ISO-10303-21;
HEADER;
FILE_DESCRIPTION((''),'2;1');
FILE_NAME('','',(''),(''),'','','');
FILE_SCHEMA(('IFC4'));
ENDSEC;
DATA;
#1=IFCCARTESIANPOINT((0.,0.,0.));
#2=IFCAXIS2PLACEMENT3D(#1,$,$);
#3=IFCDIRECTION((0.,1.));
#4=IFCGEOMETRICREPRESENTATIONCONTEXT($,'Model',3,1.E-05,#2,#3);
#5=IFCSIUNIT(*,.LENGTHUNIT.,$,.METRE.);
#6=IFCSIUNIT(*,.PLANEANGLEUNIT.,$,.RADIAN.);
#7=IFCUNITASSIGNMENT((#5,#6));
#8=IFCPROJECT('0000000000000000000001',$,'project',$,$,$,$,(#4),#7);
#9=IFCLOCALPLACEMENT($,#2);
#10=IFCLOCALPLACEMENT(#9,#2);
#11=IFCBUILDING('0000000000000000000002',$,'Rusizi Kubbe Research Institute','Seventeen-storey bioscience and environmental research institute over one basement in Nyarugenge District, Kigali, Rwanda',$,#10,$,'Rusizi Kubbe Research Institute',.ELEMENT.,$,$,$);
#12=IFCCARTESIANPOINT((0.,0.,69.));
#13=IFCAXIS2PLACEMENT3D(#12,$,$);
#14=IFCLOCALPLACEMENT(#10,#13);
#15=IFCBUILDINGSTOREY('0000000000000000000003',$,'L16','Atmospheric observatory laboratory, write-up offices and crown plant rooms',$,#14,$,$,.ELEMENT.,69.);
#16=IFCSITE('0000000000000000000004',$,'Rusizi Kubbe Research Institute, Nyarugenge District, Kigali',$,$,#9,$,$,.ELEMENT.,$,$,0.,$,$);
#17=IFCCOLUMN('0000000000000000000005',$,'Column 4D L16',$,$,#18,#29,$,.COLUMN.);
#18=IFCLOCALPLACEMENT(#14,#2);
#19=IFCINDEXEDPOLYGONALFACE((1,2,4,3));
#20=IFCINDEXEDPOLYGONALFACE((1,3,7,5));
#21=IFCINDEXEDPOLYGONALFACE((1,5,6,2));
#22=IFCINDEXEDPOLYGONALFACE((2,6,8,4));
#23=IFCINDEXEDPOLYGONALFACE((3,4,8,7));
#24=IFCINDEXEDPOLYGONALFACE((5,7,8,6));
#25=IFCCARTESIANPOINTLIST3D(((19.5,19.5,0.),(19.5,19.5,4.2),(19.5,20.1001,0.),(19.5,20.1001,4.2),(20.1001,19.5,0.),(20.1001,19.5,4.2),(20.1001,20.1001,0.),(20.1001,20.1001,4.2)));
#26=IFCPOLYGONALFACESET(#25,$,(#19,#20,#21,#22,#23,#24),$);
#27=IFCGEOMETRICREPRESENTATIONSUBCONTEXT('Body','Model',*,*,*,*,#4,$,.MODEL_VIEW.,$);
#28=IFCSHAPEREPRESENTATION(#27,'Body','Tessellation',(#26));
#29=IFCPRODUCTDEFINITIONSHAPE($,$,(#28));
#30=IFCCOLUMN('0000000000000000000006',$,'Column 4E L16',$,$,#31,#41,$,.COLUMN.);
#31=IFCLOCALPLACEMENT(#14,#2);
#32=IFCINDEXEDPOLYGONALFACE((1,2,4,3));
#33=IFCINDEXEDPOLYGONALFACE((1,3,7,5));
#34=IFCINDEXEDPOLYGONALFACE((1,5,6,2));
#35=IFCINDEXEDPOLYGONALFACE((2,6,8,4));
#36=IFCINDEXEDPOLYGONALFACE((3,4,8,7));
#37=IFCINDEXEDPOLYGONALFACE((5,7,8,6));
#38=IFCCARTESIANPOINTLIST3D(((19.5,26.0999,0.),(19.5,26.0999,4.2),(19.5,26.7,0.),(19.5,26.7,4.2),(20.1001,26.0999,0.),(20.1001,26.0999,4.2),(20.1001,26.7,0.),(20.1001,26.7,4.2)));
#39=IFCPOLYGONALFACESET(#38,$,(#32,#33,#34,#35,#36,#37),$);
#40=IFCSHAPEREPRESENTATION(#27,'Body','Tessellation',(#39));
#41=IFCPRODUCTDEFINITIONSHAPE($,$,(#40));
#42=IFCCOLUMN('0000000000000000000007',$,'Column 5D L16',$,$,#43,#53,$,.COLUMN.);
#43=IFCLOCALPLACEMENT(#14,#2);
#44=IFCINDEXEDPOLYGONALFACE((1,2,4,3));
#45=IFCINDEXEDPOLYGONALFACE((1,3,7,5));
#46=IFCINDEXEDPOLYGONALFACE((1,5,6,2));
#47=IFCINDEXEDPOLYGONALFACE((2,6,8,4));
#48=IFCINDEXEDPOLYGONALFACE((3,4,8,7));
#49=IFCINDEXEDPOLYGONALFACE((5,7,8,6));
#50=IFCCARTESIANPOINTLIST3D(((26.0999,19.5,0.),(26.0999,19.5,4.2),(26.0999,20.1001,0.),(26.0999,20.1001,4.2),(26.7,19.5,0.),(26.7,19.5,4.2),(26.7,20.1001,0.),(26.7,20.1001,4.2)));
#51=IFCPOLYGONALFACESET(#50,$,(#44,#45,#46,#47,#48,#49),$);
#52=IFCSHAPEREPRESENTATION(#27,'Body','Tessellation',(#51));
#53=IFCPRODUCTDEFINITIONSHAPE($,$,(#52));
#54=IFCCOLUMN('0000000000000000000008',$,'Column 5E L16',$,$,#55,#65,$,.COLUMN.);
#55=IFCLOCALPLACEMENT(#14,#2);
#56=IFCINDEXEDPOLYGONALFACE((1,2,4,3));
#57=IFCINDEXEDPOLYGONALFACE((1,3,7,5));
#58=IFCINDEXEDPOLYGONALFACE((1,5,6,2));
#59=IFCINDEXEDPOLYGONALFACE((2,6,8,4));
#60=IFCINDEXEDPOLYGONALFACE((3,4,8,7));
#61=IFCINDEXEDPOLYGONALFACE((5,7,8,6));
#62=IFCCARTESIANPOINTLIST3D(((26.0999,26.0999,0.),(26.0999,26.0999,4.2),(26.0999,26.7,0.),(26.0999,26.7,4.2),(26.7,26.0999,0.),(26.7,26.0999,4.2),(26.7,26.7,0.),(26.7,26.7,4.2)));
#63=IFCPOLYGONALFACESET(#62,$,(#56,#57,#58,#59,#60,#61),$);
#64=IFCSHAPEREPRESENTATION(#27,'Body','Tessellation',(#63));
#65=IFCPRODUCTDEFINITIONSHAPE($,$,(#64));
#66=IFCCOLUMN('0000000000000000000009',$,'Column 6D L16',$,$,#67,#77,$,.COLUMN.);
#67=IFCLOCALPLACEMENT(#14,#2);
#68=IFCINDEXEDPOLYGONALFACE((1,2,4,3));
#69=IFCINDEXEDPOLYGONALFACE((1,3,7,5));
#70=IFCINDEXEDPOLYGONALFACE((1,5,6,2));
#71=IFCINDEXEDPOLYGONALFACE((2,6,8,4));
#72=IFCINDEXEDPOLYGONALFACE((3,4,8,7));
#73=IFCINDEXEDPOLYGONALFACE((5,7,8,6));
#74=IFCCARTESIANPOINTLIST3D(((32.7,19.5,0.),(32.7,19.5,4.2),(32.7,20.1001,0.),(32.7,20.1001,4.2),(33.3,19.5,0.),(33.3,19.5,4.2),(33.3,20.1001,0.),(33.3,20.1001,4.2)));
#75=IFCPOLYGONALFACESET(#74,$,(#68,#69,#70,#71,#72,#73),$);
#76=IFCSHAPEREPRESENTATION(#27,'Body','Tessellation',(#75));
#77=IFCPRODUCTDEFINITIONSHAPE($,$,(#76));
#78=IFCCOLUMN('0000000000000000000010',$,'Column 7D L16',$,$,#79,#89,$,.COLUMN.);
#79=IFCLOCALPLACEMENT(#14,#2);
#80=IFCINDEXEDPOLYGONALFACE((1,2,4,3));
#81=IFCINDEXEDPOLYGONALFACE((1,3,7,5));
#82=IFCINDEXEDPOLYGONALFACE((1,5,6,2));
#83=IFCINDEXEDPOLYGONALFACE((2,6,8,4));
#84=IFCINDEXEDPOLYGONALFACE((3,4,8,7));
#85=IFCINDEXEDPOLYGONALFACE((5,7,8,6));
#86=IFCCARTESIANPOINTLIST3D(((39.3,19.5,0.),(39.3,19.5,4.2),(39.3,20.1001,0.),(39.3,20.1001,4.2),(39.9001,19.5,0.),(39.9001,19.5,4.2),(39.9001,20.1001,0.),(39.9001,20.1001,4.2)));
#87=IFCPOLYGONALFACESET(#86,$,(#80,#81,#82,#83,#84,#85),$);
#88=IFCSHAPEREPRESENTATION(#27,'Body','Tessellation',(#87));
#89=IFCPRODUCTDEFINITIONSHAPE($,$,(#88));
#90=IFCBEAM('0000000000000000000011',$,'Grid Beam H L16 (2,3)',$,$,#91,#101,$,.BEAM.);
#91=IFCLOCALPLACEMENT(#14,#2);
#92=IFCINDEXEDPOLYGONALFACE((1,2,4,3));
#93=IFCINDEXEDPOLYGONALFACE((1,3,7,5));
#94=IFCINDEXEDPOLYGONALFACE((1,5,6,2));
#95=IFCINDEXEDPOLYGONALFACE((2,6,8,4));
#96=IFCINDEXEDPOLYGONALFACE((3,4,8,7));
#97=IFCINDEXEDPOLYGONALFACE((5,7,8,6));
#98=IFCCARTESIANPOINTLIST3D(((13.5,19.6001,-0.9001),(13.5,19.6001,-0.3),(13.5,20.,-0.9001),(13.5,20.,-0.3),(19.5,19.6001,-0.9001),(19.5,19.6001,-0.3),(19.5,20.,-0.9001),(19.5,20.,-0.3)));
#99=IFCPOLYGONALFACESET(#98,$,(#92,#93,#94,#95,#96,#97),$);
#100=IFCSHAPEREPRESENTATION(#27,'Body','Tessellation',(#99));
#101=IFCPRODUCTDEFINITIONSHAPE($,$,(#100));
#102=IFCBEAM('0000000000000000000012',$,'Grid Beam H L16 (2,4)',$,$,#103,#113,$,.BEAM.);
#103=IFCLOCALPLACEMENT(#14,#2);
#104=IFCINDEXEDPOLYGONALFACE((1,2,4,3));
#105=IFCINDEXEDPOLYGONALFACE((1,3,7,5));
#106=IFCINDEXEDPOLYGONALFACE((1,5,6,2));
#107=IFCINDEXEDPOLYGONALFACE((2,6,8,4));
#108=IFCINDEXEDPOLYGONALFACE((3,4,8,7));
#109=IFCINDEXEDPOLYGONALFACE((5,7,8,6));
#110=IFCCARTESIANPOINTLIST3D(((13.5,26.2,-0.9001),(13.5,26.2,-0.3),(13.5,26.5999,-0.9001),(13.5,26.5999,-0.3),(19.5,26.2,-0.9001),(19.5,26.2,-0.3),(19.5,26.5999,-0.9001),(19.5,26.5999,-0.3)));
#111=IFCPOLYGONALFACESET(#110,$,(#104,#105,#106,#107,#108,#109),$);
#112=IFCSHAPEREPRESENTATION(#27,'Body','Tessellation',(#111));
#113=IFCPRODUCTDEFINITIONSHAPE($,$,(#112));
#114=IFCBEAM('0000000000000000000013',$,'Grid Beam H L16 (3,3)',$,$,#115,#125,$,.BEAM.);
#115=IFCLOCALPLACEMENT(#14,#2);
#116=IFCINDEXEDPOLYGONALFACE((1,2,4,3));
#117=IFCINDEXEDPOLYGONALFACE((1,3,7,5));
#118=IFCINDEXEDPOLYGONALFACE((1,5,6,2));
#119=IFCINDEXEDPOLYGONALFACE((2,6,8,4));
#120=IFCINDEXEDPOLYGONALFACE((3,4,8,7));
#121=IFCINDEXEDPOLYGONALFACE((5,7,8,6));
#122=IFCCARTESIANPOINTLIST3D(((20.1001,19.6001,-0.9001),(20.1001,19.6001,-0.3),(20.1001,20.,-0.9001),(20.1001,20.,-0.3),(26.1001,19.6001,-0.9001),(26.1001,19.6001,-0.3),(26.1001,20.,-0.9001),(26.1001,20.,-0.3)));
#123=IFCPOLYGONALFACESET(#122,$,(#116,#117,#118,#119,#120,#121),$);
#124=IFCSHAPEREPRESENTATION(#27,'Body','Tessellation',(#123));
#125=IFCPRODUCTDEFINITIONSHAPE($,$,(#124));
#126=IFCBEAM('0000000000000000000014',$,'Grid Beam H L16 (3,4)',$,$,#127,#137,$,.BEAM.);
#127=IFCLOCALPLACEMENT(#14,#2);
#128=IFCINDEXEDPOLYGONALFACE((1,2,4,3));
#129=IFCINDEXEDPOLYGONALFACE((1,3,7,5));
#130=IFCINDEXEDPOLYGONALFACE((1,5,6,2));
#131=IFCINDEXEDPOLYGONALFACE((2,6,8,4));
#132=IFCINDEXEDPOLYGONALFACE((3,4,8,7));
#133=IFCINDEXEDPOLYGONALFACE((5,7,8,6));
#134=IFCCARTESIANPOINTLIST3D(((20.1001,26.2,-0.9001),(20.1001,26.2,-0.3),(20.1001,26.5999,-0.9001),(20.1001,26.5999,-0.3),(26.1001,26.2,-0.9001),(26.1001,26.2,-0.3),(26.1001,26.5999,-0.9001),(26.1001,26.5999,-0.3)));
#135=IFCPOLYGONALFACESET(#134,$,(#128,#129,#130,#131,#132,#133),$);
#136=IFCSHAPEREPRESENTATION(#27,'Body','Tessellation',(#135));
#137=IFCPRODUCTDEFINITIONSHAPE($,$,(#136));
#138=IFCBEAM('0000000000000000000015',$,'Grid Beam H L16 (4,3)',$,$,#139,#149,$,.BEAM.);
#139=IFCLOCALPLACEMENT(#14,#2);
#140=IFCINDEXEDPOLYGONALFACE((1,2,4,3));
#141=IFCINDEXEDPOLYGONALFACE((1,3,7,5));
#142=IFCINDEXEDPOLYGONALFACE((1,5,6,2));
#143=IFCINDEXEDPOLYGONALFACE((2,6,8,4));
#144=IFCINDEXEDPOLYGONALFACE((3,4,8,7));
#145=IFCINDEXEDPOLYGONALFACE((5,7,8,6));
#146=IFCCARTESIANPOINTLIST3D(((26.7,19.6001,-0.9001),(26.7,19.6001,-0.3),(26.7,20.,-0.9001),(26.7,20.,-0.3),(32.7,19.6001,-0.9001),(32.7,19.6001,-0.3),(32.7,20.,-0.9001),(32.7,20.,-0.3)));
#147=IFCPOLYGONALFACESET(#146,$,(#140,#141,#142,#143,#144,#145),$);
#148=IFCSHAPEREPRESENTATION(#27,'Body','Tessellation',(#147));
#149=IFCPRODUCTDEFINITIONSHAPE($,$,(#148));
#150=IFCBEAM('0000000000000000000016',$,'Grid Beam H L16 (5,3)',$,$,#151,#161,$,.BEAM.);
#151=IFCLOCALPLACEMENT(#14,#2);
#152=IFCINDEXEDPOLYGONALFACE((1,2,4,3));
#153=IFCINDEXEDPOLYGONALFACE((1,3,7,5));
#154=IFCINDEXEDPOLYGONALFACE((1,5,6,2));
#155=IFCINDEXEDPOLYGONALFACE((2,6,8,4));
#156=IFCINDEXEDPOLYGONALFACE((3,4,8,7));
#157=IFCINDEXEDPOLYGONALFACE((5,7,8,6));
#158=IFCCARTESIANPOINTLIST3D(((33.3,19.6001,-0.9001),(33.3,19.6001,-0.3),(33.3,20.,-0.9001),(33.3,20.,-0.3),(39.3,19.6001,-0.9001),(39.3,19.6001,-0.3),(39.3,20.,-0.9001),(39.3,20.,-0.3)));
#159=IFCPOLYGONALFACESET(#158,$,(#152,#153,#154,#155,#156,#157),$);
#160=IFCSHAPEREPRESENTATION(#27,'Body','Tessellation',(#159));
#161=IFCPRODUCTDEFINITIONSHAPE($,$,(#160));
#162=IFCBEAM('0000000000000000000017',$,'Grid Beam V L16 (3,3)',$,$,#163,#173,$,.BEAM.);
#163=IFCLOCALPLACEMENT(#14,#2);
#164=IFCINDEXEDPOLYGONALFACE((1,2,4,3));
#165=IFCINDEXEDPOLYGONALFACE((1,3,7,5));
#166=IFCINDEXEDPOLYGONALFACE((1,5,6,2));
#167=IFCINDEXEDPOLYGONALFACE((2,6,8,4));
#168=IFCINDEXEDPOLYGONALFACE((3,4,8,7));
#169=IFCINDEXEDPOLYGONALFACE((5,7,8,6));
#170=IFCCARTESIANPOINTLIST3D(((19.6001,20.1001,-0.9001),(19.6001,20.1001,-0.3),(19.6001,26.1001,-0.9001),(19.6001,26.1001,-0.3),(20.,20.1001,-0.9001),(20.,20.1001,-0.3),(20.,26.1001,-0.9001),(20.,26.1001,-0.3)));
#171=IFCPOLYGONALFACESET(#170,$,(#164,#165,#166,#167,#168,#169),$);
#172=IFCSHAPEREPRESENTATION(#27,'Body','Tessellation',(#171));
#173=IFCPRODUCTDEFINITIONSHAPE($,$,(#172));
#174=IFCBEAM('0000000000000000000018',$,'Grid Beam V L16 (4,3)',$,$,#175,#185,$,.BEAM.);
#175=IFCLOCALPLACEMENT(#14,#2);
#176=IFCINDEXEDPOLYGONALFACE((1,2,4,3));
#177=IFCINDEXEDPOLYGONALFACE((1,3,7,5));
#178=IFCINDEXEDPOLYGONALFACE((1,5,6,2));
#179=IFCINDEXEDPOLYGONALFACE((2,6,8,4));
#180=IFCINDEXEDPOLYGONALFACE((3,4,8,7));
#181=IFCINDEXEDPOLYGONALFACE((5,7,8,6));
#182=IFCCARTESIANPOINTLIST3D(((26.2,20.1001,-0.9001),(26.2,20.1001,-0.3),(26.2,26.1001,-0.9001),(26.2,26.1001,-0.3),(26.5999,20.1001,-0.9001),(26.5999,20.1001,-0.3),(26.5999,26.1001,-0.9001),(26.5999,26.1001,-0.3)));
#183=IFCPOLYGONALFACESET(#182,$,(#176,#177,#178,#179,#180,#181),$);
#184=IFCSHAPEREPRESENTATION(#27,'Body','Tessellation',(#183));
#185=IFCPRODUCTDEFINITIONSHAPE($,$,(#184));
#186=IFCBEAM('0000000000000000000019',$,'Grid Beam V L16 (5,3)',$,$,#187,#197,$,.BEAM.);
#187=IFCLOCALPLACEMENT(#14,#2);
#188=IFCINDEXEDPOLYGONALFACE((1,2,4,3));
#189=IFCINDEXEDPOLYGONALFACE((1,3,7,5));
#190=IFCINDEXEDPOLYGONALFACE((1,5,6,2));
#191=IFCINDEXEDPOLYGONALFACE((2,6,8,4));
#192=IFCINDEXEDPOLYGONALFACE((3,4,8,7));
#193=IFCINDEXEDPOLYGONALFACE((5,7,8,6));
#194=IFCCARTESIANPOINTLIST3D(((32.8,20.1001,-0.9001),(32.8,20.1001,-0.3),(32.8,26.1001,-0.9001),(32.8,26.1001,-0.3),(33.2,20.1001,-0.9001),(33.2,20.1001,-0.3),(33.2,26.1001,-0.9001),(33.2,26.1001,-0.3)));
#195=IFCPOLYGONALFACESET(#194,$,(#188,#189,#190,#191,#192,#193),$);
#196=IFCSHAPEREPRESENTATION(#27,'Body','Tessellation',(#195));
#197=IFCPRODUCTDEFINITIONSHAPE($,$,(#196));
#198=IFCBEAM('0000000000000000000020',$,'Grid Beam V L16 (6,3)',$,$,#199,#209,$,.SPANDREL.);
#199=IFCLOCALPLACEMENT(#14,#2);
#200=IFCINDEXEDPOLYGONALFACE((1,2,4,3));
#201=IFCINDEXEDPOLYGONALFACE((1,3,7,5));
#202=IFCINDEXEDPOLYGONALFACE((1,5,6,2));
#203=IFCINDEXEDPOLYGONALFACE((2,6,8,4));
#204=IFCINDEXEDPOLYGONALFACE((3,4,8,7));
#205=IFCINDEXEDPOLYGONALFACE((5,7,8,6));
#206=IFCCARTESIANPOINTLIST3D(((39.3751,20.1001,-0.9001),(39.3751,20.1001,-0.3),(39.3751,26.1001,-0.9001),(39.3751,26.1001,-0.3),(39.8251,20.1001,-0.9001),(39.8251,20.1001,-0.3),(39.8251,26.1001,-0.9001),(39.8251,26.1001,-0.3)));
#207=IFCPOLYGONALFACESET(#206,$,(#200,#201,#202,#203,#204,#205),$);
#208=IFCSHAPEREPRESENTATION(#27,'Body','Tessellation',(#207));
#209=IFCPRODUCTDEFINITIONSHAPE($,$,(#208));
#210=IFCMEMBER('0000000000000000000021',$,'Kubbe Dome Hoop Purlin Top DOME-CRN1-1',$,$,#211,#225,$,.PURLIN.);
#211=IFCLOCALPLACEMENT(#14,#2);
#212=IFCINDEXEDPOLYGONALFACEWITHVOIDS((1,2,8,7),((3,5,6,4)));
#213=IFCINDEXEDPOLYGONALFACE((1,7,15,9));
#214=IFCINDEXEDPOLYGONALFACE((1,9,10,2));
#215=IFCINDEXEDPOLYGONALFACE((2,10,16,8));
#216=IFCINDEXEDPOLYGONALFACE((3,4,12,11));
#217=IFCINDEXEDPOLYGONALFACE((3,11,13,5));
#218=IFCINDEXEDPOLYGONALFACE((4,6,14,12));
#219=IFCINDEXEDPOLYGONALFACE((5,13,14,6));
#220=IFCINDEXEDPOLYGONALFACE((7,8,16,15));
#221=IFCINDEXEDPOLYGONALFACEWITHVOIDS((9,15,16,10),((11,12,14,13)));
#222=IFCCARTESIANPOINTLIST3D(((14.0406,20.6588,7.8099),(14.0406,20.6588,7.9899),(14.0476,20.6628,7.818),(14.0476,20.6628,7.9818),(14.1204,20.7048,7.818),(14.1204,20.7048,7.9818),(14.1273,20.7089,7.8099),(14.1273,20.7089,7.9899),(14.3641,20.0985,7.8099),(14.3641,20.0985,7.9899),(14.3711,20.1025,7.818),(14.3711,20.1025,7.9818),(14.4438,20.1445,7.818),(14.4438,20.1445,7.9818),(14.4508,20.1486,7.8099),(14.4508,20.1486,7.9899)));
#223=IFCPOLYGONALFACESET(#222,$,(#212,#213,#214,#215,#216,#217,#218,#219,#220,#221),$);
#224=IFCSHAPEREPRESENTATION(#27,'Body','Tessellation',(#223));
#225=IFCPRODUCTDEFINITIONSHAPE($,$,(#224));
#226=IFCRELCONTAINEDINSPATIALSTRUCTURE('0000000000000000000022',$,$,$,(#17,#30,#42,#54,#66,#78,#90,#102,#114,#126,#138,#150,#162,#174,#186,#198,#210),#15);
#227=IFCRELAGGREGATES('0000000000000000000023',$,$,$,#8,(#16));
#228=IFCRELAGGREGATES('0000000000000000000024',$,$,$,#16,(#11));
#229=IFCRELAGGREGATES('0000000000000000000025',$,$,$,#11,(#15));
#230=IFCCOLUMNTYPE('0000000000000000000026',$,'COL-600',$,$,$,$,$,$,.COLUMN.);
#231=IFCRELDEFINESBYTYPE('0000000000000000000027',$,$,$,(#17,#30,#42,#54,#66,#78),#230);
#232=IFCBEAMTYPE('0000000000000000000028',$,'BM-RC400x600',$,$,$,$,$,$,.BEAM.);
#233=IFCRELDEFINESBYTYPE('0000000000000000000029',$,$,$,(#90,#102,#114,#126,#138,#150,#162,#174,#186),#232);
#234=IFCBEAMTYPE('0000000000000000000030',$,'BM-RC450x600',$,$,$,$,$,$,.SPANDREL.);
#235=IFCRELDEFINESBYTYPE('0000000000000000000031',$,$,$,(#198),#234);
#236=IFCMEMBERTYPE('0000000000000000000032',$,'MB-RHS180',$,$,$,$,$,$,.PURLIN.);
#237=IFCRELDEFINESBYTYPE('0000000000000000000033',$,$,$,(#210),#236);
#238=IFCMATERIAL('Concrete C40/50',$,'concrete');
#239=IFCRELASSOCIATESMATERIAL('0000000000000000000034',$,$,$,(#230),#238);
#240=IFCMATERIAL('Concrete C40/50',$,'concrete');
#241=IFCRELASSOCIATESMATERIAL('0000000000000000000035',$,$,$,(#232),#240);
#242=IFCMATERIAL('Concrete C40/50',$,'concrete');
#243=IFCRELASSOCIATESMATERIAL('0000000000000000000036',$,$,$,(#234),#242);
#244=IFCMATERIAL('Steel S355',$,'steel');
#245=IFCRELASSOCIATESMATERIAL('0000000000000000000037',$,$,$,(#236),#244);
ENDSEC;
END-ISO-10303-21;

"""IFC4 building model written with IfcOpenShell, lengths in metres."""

from ifc_helpers import new_model, si_unit, direction, frame, origin, origin_2d, place, context, subcontext, project, spatial, rectangle, hollow_rectangle, extrude, material, material_profile, profile_set, type_object, element, save


model = new_model("IFC4")

# Units and contexts
model_context = context("Model", 3, precision=1e-05, world=origin(), true_north=direction((0.0, 1.0)))
body_context = subcontext(model_context, "Body", "Model", "MODEL_VIEW")
ifc_project = project(units=[si_unit("LENGTHUNIT", "METRE"), si_unit("PLANEANGLEUNIT", "RADIAN")], contexts=[model_context])

# Site, building, storey
site_placement = place(None, origin())
site = spatial("IfcSite", under=ifc_project, at=site_placement, Name="Rusizi Kubbe Research Institute, Nyarugenge District, Kigali", CompositionType="ELEMENT", RefElevation=0.0)
building_placement = place(site_placement, origin())
building = spatial("IfcBuilding", under=site, at=building_placement, Name="Rusizi Kubbe Research Institute", Description="Seventeen-storey bioscience and environmental research institute over one basement in Nyarugenge District, Kigali, Rwanda", LongName="Rusizi Kubbe Research Institute", CompositionType="ELEMENT")
storey_placement = place(building_placement, frame((0.0, 0.0, 69.0)))
storey = spatial("IfcBuildingStorey", under=building, at=storey_placement, Name="L16", Description="Atmospheric observatory laboratory, write-up offices and crown plant rooms", CompositionType="ELEMENT", Elevation=69.0)

# Columns
ifc_material_1 = material(Name="Concrete C40/50", Category="concrete")
ifc_material_profile_1 = material_profile(ifc_material_1, rectangle(XDim=0.6001, YDim=0.6001, at=origin_2d()), Name="RC600x600")
ifc_profile_set_1 = profile_set([ifc_material_profile_1], Name="Concrete C40/50")
column_type = type_object("IfcColumnType", Name="COL-600", PredefinedType="COLUMN", material=ifc_profile_set_1)
for number, where, z_axis, x_axis, name in (
    (1, (19.8, 19.8, 0.0), (0.0, 0.0, 1.0), (1.0, 0.0, 0.0), "Column 4D L16"),
    (2, (19.8, 26.3999, 0.0), (0.0, 0.0, 1.0), (1.0, 0.0, 0.0), "Column 4E L16"),
    (3, (26.3999, 19.8, 0.0), (0.0, 0.0, 1.0), (1.0, 0.0, 0.0), "Column 5D L16"),
    (4, (26.3999, 26.3999, 0.0), (0.0, 0.0, 1.0), (1.0, 0.0, 0.0), "Column 5E L16"),
    (5, (33.0, 19.8, 0.0), (0.0, 0.0, 1.0), (1.0, 0.0, 0.0), "Column 6D L16"),
    (6, (39.6001, 19.8, 0.0), (0.0, 0.0, 1.0), (1.0, 0.0, 0.0), "Column 7D L16"),
):
    element("IfcColumn", number, at=place(storey_placement, frame(where, z_axis=z_axis, x_axis=x_axis)), inside=storey, type_object=column_type, Name=name, PredefinedType="COLUMN", context=body_context, shape_type="SweptSolid", body=[
        extrude(rectangle(XDim=0.6001, YDim=0.6001, at=origin_2d()), origin(), (0.0, 0.0, 1.0), 4.2),
    ])

# Beams
ifc_material_2 = material(Name="Concrete C40/50", Category="concrete")
ifc_material_profile_2 = material_profile(ifc_material_2, rectangle(XDim=0.3999, YDim=0.6001, at=origin_2d()), Name="RC400x600")
ifc_profile_set_2 = profile_set([ifc_material_profile_2], Name="Concrete C40/50")
beam_type_1 = type_object("IfcBeamType", Name="BM-RC400x600", PredefinedType="BEAM", material=ifc_profile_set_2)
for number, where, z_axis, x_axis, name in (
    (7, (13.5, 19.8, -0.6001), (1.0, 0.0, 0.0), (0.0, 1.0, 0.0), "Grid Beam H L16 (2,3)"),
    (8, (13.5, 26.3999, -0.6001), (1.0, 0.0, 0.0), (0.0, 1.0, 0.0), "Grid Beam H L16 (2,4)"),
    (9, (20.1001, 19.8, -0.6001), (1.0, 0.0, 0.0), (0.0, 1.0, 0.0), "Grid Beam H L16 (3,3)"),
    (10, (20.1001, 26.3999, -0.6001), (1.0, 0.0, 0.0), (0.0, 1.0, 0.0), "Grid Beam H L16 (3,4)"),
    (11, (26.7, 19.8, -0.6001), (1.0, 0.0, 0.0), (0.0, 1.0, 0.0), "Grid Beam H L16 (4,3)"),
    (12, (33.3, 19.8, -0.6001), (1.0, 0.0, 0.0), (0.0, 1.0, 0.0), "Grid Beam H L16 (5,3)"),
    (13, (19.8, 20.1001, -0.6001), (0.0, 1.0, 0.0), (-1.0, 0.0, 0.0), "Grid Beam V L16 (3,3)"),
    (14, (26.3999, 20.1001, -0.6001), (0.0, 1.0, 0.0), (-1.0, 0.0, 0.0), "Grid Beam V L16 (4,3)"),
    (15, (33.0, 20.1001, -0.6001), (0.0, 1.0, 0.0), (-1.0, 0.0, 0.0), "Grid Beam V L16 (5,3)"),
):
    element("IfcBeam", number, at=place(storey_placement, frame(where, z_axis=z_axis, x_axis=x_axis)), inside=storey, type_object=beam_type_1, Name=name, PredefinedType="BEAM", context=body_context, shape_type="SweptSolid", body=[
        extrude(rectangle(XDim=0.3999, YDim=0.6001, at=origin_2d()), origin(), (0.0, 0.0, 1.0), 6.0),
    ])
ifc_material_3 = material(Name="Concrete C40/50", Category="concrete")
ifc_material_profile_3 = material_profile(ifc_material_3, rectangle(XDim=0.45, YDim=0.6001, at=origin_2d()), Name="RC450x600")
ifc_profile_set_3 = profile_set([ifc_material_profile_3], Name="Concrete C40/50")
beam_type_2 = type_object("IfcBeamType", Name="BM-RC450x600", PredefinedType="SPANDREL", material=ifc_profile_set_3)
beam_placement = place(storey_placement, frame((39.6001, 20.1001, -0.6001), z_axis=(0.0, 1.0, 0.0), x_axis=(-1.0, 0.0, 0.0)))
element("IfcBeam", 16, at=beam_placement, inside=storey, type_object=beam_type_2, Name="Grid Beam V L16 (6,3)", PredefinedType="SPANDREL", context=body_context, shape_type="SweptSolid", body=[
    extrude(rectangle(XDim=0.45, YDim=0.6001, at=origin_2d()), origin(), (0.0, 0.0, 1.0), 6.0),
])

# Member
ifc_material_4 = material(Name="Steel S355", Category="steel")
ifc_material_profile_4 = material_profile(ifc_material_4, hollow_rectangle(XDim=0.1001, YDim=0.1799, WallThickness=0.0081, at=origin_2d()), Name="RHS 180x100x8.0")
ifc_profile_set_4 = profile_set([ifc_material_profile_4], Name="Steel S355")
member_type = type_object("IfcMemberType", Name="MB-RHS180", PredefinedType="PURLIN", material=ifc_profile_set_4)
member_1_placement = place(storey_placement, frame((14.4075, 20.1235, 7.8999), z_axis=(-0.499995, 0.866028, 0.0), x_axis=(-0.866028, -0.499995, 0.0)))
element("IfcMember", 17, at=member_1_placement, inside=storey, type_object=member_type, Name="Kubbe Dome Hoop Purlin Top DOME-CRN1-1", PredefinedType="PURLIN", context=body_context, shape_type="SweptSolid", body=[
    extrude(hollow_rectangle(XDim=0.1001, YDim=0.1799, WallThickness=0.0081, at=origin_2d()), origin(), (0.0, 0.0, 1.0), 0.647),
])

save(model, "model.ifc")
